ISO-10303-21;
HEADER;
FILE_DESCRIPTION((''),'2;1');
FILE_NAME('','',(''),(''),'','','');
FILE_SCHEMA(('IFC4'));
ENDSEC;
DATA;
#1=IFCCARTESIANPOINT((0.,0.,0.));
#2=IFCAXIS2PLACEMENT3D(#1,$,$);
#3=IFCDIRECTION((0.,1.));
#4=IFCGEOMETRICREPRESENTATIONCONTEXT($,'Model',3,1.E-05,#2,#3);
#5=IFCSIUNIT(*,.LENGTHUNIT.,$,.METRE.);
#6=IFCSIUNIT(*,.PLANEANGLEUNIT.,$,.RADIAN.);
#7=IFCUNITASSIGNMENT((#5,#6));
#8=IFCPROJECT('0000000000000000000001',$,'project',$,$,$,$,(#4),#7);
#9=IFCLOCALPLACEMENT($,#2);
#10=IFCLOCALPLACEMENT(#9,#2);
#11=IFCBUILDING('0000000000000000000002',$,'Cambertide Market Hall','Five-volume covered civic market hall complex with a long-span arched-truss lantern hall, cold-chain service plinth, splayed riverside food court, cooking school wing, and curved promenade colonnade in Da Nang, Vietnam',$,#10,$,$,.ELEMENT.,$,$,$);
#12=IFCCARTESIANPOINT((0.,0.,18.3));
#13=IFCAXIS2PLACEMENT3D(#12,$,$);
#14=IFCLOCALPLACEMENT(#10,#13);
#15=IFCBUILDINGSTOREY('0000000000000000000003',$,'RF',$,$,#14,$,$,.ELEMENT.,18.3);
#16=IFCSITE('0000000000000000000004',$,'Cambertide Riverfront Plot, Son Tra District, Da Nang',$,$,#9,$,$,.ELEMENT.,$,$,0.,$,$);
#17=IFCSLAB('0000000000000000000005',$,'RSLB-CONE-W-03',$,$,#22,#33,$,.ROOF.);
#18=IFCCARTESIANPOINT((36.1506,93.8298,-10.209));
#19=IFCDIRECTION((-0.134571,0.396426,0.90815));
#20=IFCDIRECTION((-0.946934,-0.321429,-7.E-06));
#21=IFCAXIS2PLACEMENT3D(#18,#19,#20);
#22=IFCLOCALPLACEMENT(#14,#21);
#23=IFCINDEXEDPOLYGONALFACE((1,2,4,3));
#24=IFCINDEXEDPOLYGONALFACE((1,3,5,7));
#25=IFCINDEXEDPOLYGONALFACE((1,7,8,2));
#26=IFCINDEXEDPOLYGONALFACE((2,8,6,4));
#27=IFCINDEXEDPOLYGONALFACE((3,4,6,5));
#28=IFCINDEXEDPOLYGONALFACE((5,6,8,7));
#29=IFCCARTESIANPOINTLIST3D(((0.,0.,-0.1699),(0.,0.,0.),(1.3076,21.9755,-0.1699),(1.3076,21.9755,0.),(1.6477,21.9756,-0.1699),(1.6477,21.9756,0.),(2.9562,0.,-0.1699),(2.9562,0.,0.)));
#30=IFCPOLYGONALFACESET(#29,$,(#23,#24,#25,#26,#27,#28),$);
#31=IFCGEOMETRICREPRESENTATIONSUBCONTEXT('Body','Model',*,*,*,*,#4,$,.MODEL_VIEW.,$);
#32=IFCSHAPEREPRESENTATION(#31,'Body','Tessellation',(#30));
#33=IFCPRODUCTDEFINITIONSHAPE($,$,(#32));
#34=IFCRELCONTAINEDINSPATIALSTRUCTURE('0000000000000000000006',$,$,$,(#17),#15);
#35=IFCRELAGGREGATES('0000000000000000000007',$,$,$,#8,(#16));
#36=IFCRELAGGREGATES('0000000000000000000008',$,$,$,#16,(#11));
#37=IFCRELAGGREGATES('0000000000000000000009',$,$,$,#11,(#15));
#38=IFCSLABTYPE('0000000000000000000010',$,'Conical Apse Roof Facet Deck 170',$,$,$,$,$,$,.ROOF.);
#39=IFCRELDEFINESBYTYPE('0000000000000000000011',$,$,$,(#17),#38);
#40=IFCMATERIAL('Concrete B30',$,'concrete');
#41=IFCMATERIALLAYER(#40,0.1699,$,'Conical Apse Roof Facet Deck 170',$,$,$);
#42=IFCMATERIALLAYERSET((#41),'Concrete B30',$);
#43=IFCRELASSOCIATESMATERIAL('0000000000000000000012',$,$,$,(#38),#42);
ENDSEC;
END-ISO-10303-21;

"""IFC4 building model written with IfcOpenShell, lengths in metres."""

from ifc_helpers import new_model, si_unit, direction, frame, origin, place, context, subcontext, project, spatial, polyline, outline, extrude, material, layer, layer_set, type_object, element, save


model = new_model("IFC4")

# Units and contexts
model_context = context("Model", 3, precision=1e-05, world=origin(), true_north=direction((0.0, 1.0)))
body_context = subcontext(model_context, "Body", "Model", "MODEL_VIEW")
ifc_project = project(units=[si_unit("LENGTHUNIT", "METRE"), si_unit("PLANEANGLEUNIT", "RADIAN")], contexts=[model_context])

# Site, building, storey
site_placement = place(None, origin())
site = spatial("IfcSite", under=ifc_project, at=site_placement, Name="Cambertide Riverfront Plot, Son Tra District, Da Nang", CompositionType="ELEMENT", RefElevation=0.0)
building_placement = place(site_placement, origin())
building = spatial("IfcBuilding", under=site, at=building_placement, Name="Cambertide Market Hall", Description="Five-volume covered civic market hall complex with a long-span arched-truss lantern hall, cold-chain service plinth, splayed riverside food court, cooking school wing, and curved promenade colonnade in Da Nang, Vietnam", CompositionType="ELEMENT")
storey_placement = place(building_placement, frame((0.0, 0.0, 18.3)))
storey = spatial("IfcBuildingStorey", under=building, at=storey_placement, Name="RF", CompositionType="ELEMENT", Elevation=18.3)

# Slab
ifc_material_1 = material(Name="Concrete B30", Category="concrete")
ifc_layer_1 = layer(ifc_material_1, 0.1699, Name="Conical Apse Roof Facet Deck 170")
ifc_layer_set_1 = layer_set([ifc_layer_1], Name="Concrete B30")
slab_type = type_object("IfcSlabType", Name="Conical Apse Roof Facet Deck 170", PredefinedType="ROOF", material=ifc_layer_set_1)
slab_1_placement = place(storey_placement, frame((36.1506, 93.8298, -10.209), z_axis=(-0.134571, 0.396426, 0.90815), x_axis=(-0.946934, -0.321429, -0.000007)))
element("IfcSlab", 1, at=slab_1_placement, inside=storey, type_object=slab_type, Name="RSLB-CONE-W-03", PredefinedType="ROOF", context=body_context, shape_type="SweptSolid", body=[
    extrude(outline(polyline([(0.0, 0.0), (2.9562, 0.0), (1.6477, 21.9756), (1.3076, 21.9755), (0.0, 0.0)])), origin(), (0.0, 0.0, -1.0), 0.1699),
])

save(model, "model.ifc")
